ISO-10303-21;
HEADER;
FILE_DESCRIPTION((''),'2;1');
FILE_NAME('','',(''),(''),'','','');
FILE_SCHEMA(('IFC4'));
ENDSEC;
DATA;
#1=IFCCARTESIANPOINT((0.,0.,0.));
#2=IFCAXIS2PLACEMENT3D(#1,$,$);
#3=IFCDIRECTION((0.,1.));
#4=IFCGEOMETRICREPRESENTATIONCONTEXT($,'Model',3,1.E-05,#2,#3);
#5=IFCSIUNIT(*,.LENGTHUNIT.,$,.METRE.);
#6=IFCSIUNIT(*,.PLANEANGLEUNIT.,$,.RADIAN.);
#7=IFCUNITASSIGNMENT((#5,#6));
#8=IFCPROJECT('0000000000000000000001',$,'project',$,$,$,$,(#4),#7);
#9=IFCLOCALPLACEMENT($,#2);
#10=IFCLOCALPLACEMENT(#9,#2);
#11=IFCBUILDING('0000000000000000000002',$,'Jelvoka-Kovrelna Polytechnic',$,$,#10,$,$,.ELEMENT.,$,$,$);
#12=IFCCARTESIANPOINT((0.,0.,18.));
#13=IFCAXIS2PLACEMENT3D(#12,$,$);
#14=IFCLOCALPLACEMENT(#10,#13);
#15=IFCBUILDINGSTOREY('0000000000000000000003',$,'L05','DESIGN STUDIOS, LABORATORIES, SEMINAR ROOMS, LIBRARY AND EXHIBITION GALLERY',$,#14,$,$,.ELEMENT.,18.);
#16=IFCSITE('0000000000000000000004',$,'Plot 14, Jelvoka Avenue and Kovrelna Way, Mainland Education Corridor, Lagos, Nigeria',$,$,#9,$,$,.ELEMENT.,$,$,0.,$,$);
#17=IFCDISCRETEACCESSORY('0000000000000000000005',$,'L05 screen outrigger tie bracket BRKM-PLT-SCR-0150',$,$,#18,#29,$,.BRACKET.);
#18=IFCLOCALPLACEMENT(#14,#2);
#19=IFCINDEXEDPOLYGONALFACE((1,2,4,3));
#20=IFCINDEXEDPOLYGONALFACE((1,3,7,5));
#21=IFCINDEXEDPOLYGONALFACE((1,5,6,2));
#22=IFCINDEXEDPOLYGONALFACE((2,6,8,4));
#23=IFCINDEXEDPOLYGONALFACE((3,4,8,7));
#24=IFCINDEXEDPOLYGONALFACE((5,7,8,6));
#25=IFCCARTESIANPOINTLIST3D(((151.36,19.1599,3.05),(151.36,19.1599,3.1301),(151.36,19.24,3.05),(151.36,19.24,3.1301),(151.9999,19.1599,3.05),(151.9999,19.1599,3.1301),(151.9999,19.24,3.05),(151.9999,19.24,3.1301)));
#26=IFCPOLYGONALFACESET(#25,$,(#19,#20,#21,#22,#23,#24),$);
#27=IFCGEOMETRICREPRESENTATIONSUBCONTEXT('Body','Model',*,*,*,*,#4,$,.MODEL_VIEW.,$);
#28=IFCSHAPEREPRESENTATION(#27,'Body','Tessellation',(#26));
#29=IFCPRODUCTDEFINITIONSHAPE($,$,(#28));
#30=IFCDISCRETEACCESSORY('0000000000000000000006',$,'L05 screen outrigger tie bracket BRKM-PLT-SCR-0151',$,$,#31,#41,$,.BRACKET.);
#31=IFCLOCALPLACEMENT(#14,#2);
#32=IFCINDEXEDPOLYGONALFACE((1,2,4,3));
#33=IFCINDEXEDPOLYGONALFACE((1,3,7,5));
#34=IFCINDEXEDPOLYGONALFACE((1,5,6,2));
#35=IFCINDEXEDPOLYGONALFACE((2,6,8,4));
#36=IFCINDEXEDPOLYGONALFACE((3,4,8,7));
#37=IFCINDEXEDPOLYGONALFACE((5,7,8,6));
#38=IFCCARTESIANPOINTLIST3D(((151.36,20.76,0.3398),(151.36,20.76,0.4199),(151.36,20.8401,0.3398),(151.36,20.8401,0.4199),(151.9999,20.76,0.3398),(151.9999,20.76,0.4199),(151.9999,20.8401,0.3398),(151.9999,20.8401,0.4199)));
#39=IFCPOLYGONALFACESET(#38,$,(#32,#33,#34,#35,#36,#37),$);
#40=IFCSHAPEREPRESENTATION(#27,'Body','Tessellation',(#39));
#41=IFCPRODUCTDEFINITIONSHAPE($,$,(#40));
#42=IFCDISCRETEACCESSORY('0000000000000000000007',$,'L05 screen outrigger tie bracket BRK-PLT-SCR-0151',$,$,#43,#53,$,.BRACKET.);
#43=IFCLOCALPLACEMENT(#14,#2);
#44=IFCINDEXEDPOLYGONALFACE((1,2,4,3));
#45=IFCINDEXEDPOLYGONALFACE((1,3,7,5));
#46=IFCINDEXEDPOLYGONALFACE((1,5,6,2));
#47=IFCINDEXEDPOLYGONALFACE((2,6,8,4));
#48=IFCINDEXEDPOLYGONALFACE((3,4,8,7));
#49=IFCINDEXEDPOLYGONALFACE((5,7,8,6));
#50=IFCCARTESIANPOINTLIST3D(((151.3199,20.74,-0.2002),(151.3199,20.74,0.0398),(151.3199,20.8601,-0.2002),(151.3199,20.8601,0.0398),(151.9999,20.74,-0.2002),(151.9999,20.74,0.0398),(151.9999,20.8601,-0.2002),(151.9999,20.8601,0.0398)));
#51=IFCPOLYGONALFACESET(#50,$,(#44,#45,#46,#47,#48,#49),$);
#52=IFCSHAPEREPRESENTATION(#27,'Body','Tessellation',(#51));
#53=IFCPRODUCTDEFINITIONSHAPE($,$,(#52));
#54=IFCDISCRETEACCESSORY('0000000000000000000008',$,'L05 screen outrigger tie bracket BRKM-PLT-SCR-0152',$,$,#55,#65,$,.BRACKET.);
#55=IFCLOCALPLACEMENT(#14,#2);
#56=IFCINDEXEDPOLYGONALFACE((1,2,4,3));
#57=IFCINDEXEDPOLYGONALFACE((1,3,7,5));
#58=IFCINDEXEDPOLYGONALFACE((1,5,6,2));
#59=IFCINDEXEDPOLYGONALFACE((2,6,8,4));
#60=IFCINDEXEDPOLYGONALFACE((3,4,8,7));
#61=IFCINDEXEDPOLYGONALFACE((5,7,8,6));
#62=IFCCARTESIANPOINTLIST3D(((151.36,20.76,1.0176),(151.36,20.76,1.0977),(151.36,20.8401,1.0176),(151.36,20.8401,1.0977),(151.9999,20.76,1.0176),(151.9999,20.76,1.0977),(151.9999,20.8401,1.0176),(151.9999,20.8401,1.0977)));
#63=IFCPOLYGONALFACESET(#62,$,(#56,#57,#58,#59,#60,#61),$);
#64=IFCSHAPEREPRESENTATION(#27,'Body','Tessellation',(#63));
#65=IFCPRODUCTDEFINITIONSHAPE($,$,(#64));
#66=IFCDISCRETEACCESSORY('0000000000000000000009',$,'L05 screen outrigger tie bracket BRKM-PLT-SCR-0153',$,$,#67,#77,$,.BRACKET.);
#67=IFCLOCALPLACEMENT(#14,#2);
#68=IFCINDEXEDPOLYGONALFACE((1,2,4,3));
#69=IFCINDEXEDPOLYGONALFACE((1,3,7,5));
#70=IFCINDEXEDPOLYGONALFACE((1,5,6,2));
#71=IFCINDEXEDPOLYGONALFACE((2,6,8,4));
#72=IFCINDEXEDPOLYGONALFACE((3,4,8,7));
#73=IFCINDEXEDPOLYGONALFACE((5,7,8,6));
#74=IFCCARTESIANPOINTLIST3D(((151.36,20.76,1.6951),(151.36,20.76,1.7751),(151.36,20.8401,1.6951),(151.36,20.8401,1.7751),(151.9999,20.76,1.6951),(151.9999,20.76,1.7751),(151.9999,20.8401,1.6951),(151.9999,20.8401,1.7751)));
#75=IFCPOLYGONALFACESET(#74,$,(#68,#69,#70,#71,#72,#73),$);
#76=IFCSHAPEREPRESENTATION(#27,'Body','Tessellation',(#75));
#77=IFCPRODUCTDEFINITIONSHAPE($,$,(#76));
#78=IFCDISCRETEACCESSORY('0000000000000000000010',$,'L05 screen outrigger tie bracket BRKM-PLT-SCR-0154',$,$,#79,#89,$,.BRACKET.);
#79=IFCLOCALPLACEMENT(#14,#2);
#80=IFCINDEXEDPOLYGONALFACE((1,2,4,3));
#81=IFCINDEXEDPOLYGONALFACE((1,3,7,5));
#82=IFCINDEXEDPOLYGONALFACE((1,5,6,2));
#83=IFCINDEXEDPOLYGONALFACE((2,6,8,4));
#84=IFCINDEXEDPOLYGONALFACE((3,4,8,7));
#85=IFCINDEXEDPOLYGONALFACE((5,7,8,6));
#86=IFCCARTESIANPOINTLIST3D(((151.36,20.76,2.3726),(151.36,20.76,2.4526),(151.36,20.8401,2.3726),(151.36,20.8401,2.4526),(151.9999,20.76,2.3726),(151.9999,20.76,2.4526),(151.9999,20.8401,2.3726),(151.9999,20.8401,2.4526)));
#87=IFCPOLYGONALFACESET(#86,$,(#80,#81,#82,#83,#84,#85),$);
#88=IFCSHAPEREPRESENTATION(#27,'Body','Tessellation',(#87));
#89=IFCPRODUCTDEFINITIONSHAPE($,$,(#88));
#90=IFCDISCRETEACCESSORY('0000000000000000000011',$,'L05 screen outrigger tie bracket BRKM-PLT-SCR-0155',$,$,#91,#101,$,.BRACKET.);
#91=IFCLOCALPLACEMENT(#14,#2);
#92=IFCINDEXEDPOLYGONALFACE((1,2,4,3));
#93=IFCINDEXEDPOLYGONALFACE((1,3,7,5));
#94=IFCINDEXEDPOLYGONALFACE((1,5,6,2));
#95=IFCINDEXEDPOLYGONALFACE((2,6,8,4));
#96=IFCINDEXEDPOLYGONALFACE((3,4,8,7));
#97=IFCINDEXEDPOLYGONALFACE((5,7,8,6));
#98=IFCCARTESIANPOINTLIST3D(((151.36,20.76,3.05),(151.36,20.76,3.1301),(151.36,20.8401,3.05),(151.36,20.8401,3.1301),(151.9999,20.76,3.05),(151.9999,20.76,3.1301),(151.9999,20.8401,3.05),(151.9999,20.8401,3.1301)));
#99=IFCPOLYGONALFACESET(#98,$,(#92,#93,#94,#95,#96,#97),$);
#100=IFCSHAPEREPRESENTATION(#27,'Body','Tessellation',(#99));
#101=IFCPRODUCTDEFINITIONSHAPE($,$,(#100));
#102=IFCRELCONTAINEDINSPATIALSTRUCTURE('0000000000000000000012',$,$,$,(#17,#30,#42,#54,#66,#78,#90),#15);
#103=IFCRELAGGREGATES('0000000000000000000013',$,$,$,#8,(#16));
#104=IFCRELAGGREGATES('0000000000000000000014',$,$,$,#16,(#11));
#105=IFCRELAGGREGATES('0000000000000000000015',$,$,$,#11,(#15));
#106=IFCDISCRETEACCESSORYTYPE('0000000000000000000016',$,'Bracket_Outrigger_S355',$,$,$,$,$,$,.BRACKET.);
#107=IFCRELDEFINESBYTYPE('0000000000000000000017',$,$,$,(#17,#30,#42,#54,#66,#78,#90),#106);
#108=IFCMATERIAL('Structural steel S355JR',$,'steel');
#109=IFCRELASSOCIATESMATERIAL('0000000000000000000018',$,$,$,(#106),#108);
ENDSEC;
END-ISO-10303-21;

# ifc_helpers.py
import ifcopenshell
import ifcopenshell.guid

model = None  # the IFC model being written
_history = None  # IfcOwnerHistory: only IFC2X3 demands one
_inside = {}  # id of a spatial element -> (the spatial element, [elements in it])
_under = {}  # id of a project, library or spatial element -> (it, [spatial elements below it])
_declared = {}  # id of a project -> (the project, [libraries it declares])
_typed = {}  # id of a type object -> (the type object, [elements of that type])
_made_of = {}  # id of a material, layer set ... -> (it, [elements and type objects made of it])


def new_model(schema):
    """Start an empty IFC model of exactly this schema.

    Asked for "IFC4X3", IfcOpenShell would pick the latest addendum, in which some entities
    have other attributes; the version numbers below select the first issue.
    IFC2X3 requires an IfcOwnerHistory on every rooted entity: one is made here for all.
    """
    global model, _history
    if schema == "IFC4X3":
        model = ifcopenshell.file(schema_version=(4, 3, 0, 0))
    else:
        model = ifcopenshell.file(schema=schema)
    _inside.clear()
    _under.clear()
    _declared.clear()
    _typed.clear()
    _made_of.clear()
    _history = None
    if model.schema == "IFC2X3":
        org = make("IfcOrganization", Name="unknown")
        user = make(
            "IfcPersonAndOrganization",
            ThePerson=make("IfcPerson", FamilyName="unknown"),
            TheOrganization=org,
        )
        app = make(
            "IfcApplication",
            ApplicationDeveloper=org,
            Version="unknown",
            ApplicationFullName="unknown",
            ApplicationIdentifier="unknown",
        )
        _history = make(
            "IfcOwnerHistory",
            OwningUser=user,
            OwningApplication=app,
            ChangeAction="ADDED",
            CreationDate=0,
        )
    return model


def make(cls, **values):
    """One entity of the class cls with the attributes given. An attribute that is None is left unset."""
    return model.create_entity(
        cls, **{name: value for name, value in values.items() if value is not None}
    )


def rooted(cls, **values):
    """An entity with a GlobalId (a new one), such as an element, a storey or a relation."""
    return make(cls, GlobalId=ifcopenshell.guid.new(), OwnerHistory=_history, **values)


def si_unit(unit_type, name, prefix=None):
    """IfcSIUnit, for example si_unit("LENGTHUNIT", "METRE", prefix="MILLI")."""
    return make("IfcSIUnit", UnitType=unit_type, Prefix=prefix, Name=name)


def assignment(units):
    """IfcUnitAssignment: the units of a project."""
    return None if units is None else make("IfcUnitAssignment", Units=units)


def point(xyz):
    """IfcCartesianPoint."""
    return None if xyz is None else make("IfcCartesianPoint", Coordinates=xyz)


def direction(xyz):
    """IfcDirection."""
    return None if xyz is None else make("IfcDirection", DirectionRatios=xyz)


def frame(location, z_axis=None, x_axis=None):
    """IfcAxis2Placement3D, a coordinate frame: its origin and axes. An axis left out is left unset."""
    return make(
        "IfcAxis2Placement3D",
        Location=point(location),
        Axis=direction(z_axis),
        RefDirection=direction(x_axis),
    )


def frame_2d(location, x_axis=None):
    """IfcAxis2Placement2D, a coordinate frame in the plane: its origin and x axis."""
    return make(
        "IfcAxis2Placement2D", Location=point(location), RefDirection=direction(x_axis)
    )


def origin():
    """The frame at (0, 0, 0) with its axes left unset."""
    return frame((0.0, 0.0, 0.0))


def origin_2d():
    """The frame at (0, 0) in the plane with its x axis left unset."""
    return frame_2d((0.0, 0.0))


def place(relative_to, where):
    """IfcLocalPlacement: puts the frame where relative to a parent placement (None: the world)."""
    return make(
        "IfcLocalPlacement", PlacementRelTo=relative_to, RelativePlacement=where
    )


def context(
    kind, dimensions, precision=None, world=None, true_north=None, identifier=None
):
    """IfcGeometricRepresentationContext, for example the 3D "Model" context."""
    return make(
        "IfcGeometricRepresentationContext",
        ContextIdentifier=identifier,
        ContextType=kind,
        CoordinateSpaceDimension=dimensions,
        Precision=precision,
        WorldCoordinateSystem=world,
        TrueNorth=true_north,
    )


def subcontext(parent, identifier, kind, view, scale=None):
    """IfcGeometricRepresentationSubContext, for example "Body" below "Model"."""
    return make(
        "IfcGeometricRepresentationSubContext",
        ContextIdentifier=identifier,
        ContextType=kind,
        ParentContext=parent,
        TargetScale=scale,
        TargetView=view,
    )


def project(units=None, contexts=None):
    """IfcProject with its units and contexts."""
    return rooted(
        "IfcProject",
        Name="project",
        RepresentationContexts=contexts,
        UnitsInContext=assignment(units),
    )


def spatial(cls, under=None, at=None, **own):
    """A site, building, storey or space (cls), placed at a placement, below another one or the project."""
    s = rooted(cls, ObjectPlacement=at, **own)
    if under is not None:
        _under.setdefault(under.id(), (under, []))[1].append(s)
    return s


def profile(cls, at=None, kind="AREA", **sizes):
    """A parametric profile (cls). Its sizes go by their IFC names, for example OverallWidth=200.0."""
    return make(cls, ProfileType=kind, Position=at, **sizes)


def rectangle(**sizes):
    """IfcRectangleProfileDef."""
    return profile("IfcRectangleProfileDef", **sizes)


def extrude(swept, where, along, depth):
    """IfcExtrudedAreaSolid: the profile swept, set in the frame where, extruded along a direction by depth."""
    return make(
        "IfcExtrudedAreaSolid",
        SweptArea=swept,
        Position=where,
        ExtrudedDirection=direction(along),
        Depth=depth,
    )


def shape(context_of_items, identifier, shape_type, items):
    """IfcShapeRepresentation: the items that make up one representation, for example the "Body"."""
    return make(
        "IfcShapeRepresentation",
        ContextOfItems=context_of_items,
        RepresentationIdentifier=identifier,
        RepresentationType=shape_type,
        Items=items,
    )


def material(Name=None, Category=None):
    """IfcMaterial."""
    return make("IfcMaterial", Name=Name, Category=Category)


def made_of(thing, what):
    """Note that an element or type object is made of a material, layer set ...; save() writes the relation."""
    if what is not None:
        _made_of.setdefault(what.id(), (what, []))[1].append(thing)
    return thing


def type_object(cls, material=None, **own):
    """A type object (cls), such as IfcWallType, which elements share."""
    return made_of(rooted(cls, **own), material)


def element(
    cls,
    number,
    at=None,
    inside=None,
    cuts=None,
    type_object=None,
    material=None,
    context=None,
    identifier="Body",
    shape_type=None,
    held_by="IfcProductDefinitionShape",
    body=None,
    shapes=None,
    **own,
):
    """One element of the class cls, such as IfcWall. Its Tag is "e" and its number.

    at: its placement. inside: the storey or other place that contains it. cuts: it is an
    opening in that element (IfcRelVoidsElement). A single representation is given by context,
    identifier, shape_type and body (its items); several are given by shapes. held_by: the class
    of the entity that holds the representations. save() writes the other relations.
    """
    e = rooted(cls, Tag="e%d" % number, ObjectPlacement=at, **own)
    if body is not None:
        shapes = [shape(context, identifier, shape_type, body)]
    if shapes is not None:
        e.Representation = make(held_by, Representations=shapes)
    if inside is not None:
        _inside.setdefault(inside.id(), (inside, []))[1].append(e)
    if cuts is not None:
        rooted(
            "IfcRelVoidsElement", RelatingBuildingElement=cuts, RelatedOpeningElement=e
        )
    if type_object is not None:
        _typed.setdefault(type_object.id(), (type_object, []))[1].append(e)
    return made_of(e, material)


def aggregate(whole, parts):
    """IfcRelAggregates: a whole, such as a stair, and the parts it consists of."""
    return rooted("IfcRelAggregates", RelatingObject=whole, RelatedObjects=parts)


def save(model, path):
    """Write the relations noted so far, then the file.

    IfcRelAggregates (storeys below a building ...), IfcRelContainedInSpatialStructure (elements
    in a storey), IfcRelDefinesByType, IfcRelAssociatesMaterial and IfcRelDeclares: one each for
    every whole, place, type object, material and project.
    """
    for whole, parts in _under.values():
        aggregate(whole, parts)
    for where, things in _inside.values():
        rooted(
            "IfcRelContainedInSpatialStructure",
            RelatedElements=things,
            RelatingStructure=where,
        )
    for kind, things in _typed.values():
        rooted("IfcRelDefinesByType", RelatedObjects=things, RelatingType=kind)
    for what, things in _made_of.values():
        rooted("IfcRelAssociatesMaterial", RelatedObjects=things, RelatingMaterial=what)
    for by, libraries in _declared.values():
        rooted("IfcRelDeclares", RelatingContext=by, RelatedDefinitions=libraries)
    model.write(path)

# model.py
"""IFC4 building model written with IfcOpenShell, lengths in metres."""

from ifc_helpers import new_model, si_unit, direction, frame, origin, origin_2d, place, context, subcontext, project, spatial, rectangle, extrude, material, type_object, element, save


model = new_model("IFC4")

# Units and contexts
model_context = context("Model", 3, precision=1e-05, world=origin(), true_north=direction((0.0, 1.0)))
body_context = subcontext(model_context, "Body", "Model", "MODEL_VIEW")
ifc_project = project(units=[si_unit("LENGTHUNIT", "METRE"), si_unit("PLANEANGLEUNIT", "RADIAN")], contexts=[model_context])

# Site, building, storey
site_placement = place(None, origin())
site = spatial("IfcSite", under=ifc_project, at=site_placement, Name="Plot 14, Jelvoka Avenue and Kovrelna Way, Mainland Education Corridor, Lagos, Nigeria", CompositionType="ELEMENT", RefElevation=0.0)
building_placement = place(site_placement, origin())
building = spatial("IfcBuilding", under=site, at=building_placement, Name="Jelvoka-Kovrelna Polytechnic", CompositionType="ELEMENT")
storey_placement = place(building_placement, frame((0.0, 0.0, 18.0)))
storey = spatial("IfcBuildingStorey", under=building, at=storey_placement, Name="L05", Description="DESIGN STUDIOS, LABORATORIES, SEMINAR ROOMS, LIBRARY AND EXHIBITION GALLERY", CompositionType="ELEMENT", Elevation=18.0)

# Discrete accessories
ifc_material_1 = material(Name="Structural steel S355JR", Category="steel")
discrete_accessory_type = type_object("IfcDiscreteAccessoryType", Name="Bracket_Outrigger_S355", PredefinedType="BRACKET", material=ifc_material_1)
for number, where, z_axis, x_axis, name in (
    (1, (151.6799, 19.2, 3.05), (0.0, 0.0, 1.0), (1.0, 0.0, 0.0), "L05 screen outrigger tie bracket BRKM-PLT-SCR-0150"),
    (2, (151.6799, 20.8, 0.3398), (0.0, 0.0, 1.0), (1.0, 0.0, 0.0), "L05 screen outrigger tie bracket BRKM-PLT-SCR-0151"),
):
    element("IfcDiscreteAccessory", number, at=place(storey_placement, frame(where, z_axis=z_axis, x_axis=x_axis)), inside=storey, type_object=discrete_accessory_type, Name=name, PredefinedType="BRACKET", context=body_context, shape_type="SweptSolid", body=[
        extrude(rectangle(XDim=0.6399, YDim=0.0801, at=origin_2d()), origin(), (0.0, 0.0, 1.0), 0.0801),
    ])
discrete_accessory_1_placement = place(storey_placement, frame((151.6599, 20.8, -0.2002), z_axis=(0.0, 0.0, 1.0), x_axis=(1.0, 0.0, 0.0)))
element("IfcDiscreteAccessory", 3, at=discrete_accessory_1_placement, inside=storey, type_object=discrete_accessory_type, Name="L05 screen outrigger tie bracket BRK-PLT-SCR-0151", PredefinedType="BRACKET", context=body_context, shape_type="SweptSolid", body=[
    extrude(rectangle(XDim=0.6799, YDim=0.1201, at=origin_2d()), origin(), (0.0, 0.0, 1.0), 0.24),
])
for number, where, z_axis, x_axis, name in (
    (4, (151.6799, 20.8, 1.0176), (0.0, 0.0, 1.0), (1.0, 0.0, 0.0), "L05 screen outrigger tie bracket BRKM-PLT-SCR-0152"),
    (5, (151.6799, 20.8, 1.6951), (0.0, 0.0, 1.0), (1.0, 0.0, 0.0), "L05 screen outrigger tie bracket BRKM-PLT-SCR-0153"),
    (6, (151.6799, 20.8, 2.3726), (0.0, 0.0, 1.0), (1.0, 0.0, 0.0), "L05 screen outrigger tie bracket BRKM-PLT-SCR-0154"),
    (7, (151.6799, 20.8, 3.05), (0.0, 0.0, 1.0), (1.0, 0.0, 0.0), "L05 screen outrigger tie bracket BRKM-PLT-SCR-0155"),
):
    element("IfcDiscreteAccessory", number, at=place(storey_placement, frame(where, z_axis=z_axis, x_axis=x_axis)), inside=storey, type_object=discrete_accessory_type, Name=name, PredefinedType="BRACKET", context=body_context, shape_type="SweptSolid", body=[
        extrude(rectangle(XDim=0.6399, YDim=0.0801, at=origin_2d()), origin(), (0.0, 0.0, 1.0), 0.0801),
    ])

save(model, "model.ifc")
